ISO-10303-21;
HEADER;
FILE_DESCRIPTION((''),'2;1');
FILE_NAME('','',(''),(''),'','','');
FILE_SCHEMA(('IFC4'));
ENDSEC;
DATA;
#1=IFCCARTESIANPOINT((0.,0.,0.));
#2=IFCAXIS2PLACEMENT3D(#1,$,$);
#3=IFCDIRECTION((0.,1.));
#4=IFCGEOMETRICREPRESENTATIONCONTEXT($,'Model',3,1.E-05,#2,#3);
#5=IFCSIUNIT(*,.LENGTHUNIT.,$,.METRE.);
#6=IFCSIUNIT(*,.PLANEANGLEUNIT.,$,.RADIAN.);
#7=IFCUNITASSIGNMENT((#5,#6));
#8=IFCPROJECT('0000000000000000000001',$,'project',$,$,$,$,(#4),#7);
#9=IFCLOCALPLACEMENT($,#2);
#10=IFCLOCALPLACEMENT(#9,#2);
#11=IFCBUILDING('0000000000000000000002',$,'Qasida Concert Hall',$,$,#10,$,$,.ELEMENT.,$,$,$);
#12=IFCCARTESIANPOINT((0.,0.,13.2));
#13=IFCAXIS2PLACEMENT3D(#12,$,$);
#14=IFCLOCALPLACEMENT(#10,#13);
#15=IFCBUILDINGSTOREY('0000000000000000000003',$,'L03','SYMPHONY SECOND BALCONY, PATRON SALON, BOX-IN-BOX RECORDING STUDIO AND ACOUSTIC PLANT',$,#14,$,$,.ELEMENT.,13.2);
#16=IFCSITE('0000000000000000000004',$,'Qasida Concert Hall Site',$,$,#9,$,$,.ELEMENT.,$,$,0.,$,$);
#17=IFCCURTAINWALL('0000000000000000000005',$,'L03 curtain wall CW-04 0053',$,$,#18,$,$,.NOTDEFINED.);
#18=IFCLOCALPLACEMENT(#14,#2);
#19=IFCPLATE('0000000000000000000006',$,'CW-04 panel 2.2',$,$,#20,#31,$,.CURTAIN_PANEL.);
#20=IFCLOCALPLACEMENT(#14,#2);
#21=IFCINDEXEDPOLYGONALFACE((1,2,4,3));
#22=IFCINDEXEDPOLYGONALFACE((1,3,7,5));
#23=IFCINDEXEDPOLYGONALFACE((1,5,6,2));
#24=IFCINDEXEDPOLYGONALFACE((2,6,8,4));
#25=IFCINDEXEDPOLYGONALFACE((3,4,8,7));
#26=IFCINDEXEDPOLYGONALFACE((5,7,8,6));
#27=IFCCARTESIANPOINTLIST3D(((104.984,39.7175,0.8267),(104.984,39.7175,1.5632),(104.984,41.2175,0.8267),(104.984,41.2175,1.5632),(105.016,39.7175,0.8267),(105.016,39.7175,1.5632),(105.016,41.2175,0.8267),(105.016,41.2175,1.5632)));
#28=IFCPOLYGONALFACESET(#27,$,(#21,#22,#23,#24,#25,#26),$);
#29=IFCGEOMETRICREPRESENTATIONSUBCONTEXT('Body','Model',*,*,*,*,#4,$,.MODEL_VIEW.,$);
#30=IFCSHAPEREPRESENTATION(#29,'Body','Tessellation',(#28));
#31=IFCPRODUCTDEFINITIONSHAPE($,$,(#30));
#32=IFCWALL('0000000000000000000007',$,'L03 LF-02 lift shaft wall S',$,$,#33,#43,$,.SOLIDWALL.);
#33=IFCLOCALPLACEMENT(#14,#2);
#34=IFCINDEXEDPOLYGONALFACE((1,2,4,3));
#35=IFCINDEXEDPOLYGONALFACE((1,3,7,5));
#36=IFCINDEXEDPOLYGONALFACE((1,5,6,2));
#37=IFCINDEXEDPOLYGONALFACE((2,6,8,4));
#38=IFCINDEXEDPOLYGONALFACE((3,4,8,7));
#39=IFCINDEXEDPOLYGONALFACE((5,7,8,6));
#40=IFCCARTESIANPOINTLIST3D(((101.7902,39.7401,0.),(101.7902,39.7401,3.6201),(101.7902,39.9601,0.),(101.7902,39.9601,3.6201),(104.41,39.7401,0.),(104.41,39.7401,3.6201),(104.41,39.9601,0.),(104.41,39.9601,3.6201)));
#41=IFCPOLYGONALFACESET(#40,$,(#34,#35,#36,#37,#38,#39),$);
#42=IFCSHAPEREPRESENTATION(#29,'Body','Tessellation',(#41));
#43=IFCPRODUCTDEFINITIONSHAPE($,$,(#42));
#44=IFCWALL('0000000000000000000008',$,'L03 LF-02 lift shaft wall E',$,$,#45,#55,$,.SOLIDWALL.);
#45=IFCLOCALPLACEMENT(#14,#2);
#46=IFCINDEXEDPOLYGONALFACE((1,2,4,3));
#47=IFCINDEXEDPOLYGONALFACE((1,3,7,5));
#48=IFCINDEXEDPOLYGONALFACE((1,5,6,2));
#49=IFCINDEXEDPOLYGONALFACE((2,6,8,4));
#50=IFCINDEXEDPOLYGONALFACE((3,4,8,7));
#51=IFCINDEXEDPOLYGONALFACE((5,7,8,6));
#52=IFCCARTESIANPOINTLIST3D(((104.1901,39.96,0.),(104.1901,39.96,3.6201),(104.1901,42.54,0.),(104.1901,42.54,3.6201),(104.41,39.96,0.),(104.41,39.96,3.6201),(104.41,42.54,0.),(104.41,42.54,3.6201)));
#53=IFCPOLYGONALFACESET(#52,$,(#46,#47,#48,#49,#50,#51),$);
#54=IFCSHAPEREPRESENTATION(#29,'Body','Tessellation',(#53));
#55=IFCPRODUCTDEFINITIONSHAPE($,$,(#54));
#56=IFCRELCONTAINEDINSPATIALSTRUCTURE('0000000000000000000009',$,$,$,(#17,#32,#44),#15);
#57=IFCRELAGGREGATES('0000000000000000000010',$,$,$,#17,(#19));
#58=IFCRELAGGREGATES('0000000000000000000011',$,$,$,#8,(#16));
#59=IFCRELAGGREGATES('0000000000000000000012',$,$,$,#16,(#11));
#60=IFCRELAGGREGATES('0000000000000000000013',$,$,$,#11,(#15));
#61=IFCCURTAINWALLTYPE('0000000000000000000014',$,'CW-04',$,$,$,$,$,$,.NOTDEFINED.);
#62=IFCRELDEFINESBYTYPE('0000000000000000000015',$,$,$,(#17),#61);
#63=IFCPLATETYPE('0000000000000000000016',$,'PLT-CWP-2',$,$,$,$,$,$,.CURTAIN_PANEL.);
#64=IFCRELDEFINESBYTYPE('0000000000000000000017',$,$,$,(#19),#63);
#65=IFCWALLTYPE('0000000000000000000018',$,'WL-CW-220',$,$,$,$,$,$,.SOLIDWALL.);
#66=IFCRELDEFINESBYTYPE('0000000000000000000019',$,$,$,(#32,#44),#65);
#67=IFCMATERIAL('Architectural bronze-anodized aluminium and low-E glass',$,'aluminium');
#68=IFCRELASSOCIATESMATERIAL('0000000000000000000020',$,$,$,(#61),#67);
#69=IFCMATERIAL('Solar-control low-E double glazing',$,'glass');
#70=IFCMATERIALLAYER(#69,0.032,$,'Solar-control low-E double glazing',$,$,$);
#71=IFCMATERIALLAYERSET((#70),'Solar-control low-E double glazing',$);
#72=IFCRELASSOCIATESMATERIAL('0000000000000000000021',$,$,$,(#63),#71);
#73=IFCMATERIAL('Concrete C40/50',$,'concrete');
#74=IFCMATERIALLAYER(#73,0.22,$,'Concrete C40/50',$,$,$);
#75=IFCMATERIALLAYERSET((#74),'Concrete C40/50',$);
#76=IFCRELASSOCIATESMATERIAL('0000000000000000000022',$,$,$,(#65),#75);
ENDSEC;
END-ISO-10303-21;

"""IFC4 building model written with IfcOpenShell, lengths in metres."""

from ifc_helpers import new_model, si_unit, direction, frame, frame_2d, origin, origin_2d, place, context, subcontext, project, spatial, rectangle, extrude, material, layer, layer_set, type_object, element, aggregate, save


model = new_model("IFC4")

# Units and contexts
model_context = context("Model", 3, precision=1e-05, world=origin(), true_north=direction((0.0, 1.0)))
body_context = subcontext(model_context, "Body", "Model", "MODEL_VIEW")
ifc_project = project(units=[si_unit("LENGTHUNIT", "METRE"), si_unit("PLANEANGLEUNIT", "RADIAN")], contexts=[model_context])

# Site, building, storey
site_placement = place(None, origin())
site = spatial("IfcSite", under=ifc_project, at=site_placement, Name="Qasida Concert Hall Site", CompositionType="ELEMENT", RefElevation=0.0)
building_placement = place(site_placement, origin())
building = spatial("IfcBuilding", under=site, at=building_placement, Name="Qasida Concert Hall", CompositionType="ELEMENT")
storey_placement = place(building_placement, frame((0.0, 0.0, 13.2)))
storey = spatial("IfcBuildingStorey", under=building, at=storey_placement, Name="L03", Description="SYMPHONY SECOND BALCONY, PATRON SALON, BOX-IN-BOX RECORDING STUDIO AND ACOUSTIC PLANT", CompositionType="ELEMENT", Elevation=13.2)

# Curtain wall
ifc_material_1 = material(Name="Architectural bronze-anodized aluminium and low-E glass", Category="aluminium")
curtain_wall_type = type_object("IfcCurtainWallType", Name="CW-04", PredefinedType="NOTDEFINED", material=ifc_material_1)
curtain_wall_1_placement = place(storey_placement, origin())
curtain_wall_1 = element("IfcCurtainWall", 1, at=curtain_wall_1_placement, inside=storey, type_object=curtain_wall_type, Name="L03 curtain wall CW-04 0053", PredefinedType="NOTDEFINED")

# Plate
ifc_material_2 = material(Name="Solar-control low-E double glazing", Category="glass")
ifc_layer_1 = layer(ifc_material_2, 0.032, Name="Solar-control low-E double glazing")
ifc_layer_set_1 = layer_set([ifc_layer_1], Name="Solar-control low-E double glazing")
plate_type = type_object("IfcPlateType", Name="PLT-CWP-2", PredefinedType="CURTAIN_PANEL", material=ifc_layer_set_1)
plate_1_placement = place(storey_placement, frame((105.0, 40.4675, 0.8267), z_axis=(0.0, 0.0, 1.0), x_axis=(0.0, 1.0, 0.0)))
plate_1 = element("IfcPlate", 2, at=plate_1_placement, type_object=plate_type, Name="CW-04 panel 2.2", PredefinedType="CURTAIN_PANEL", context=body_context, shape_type="SweptSolid", body=[
    extrude(rectangle(XDim=1.5, YDim=0.032, at=origin_2d()), origin(), (0.0, 0.0, 1.0), 0.7366),
])
aggregate(curtain_wall_1, [plate_1])

# Wall
ifc_material_3 = material(Name="Concrete C40/50", Category="concrete")
ifc_layer_2 = layer(ifc_material_3, 0.22, Name="Concrete C40/50")
ifc_layer_set_2 = layer_set([ifc_layer_2], Name="Concrete C40/50")
wall_type = type_object("IfcWallType", Name="WL-CW-220", PredefinedType="SOLIDWALL", material=ifc_layer_set_2)
wall_1_placement = place(storey_placement, frame((101.79, 39.8501, 0.0), z_axis=(0.0, 0.0, 1.0), x_axis=(1.0, 0.0, 0.0)))
element("IfcWall", 3, at=wall_1_placement, inside=storey, type_object=wall_type, Name="L03 LF-02 lift shaft wall S", PredefinedType="SOLIDWALL", context=body_context, shape_type="SweptSolid", body=[
    extrude(rectangle(XDim=2.6199, YDim=0.22, at=frame_2d((1.3101, 0.0))), origin(), (0.0, 0.0, 1.0), 3.6201),
])

# Wall
wall_2_placement = place(storey_placement, frame((104.3, 39.96, 0.0), z_axis=(0.0, 0.0, 1.0), x_axis=(0.0, 1.0, 0.0)))
element("IfcWall", 4, at=wall_2_placement, inside=storey, type_object=wall_type, Name="L03 LF-02 lift shaft wall E", PredefinedType="SOLIDWALL", context=body_context, shape_type="SweptSolid", body=[
    extrude(rectangle(XDim=2.5801, YDim=0.22, at=frame_2d((1.29, 0.0))), origin(), (0.0, 0.0, 1.0), 3.6201),
])

save(model, "model.ifc")
